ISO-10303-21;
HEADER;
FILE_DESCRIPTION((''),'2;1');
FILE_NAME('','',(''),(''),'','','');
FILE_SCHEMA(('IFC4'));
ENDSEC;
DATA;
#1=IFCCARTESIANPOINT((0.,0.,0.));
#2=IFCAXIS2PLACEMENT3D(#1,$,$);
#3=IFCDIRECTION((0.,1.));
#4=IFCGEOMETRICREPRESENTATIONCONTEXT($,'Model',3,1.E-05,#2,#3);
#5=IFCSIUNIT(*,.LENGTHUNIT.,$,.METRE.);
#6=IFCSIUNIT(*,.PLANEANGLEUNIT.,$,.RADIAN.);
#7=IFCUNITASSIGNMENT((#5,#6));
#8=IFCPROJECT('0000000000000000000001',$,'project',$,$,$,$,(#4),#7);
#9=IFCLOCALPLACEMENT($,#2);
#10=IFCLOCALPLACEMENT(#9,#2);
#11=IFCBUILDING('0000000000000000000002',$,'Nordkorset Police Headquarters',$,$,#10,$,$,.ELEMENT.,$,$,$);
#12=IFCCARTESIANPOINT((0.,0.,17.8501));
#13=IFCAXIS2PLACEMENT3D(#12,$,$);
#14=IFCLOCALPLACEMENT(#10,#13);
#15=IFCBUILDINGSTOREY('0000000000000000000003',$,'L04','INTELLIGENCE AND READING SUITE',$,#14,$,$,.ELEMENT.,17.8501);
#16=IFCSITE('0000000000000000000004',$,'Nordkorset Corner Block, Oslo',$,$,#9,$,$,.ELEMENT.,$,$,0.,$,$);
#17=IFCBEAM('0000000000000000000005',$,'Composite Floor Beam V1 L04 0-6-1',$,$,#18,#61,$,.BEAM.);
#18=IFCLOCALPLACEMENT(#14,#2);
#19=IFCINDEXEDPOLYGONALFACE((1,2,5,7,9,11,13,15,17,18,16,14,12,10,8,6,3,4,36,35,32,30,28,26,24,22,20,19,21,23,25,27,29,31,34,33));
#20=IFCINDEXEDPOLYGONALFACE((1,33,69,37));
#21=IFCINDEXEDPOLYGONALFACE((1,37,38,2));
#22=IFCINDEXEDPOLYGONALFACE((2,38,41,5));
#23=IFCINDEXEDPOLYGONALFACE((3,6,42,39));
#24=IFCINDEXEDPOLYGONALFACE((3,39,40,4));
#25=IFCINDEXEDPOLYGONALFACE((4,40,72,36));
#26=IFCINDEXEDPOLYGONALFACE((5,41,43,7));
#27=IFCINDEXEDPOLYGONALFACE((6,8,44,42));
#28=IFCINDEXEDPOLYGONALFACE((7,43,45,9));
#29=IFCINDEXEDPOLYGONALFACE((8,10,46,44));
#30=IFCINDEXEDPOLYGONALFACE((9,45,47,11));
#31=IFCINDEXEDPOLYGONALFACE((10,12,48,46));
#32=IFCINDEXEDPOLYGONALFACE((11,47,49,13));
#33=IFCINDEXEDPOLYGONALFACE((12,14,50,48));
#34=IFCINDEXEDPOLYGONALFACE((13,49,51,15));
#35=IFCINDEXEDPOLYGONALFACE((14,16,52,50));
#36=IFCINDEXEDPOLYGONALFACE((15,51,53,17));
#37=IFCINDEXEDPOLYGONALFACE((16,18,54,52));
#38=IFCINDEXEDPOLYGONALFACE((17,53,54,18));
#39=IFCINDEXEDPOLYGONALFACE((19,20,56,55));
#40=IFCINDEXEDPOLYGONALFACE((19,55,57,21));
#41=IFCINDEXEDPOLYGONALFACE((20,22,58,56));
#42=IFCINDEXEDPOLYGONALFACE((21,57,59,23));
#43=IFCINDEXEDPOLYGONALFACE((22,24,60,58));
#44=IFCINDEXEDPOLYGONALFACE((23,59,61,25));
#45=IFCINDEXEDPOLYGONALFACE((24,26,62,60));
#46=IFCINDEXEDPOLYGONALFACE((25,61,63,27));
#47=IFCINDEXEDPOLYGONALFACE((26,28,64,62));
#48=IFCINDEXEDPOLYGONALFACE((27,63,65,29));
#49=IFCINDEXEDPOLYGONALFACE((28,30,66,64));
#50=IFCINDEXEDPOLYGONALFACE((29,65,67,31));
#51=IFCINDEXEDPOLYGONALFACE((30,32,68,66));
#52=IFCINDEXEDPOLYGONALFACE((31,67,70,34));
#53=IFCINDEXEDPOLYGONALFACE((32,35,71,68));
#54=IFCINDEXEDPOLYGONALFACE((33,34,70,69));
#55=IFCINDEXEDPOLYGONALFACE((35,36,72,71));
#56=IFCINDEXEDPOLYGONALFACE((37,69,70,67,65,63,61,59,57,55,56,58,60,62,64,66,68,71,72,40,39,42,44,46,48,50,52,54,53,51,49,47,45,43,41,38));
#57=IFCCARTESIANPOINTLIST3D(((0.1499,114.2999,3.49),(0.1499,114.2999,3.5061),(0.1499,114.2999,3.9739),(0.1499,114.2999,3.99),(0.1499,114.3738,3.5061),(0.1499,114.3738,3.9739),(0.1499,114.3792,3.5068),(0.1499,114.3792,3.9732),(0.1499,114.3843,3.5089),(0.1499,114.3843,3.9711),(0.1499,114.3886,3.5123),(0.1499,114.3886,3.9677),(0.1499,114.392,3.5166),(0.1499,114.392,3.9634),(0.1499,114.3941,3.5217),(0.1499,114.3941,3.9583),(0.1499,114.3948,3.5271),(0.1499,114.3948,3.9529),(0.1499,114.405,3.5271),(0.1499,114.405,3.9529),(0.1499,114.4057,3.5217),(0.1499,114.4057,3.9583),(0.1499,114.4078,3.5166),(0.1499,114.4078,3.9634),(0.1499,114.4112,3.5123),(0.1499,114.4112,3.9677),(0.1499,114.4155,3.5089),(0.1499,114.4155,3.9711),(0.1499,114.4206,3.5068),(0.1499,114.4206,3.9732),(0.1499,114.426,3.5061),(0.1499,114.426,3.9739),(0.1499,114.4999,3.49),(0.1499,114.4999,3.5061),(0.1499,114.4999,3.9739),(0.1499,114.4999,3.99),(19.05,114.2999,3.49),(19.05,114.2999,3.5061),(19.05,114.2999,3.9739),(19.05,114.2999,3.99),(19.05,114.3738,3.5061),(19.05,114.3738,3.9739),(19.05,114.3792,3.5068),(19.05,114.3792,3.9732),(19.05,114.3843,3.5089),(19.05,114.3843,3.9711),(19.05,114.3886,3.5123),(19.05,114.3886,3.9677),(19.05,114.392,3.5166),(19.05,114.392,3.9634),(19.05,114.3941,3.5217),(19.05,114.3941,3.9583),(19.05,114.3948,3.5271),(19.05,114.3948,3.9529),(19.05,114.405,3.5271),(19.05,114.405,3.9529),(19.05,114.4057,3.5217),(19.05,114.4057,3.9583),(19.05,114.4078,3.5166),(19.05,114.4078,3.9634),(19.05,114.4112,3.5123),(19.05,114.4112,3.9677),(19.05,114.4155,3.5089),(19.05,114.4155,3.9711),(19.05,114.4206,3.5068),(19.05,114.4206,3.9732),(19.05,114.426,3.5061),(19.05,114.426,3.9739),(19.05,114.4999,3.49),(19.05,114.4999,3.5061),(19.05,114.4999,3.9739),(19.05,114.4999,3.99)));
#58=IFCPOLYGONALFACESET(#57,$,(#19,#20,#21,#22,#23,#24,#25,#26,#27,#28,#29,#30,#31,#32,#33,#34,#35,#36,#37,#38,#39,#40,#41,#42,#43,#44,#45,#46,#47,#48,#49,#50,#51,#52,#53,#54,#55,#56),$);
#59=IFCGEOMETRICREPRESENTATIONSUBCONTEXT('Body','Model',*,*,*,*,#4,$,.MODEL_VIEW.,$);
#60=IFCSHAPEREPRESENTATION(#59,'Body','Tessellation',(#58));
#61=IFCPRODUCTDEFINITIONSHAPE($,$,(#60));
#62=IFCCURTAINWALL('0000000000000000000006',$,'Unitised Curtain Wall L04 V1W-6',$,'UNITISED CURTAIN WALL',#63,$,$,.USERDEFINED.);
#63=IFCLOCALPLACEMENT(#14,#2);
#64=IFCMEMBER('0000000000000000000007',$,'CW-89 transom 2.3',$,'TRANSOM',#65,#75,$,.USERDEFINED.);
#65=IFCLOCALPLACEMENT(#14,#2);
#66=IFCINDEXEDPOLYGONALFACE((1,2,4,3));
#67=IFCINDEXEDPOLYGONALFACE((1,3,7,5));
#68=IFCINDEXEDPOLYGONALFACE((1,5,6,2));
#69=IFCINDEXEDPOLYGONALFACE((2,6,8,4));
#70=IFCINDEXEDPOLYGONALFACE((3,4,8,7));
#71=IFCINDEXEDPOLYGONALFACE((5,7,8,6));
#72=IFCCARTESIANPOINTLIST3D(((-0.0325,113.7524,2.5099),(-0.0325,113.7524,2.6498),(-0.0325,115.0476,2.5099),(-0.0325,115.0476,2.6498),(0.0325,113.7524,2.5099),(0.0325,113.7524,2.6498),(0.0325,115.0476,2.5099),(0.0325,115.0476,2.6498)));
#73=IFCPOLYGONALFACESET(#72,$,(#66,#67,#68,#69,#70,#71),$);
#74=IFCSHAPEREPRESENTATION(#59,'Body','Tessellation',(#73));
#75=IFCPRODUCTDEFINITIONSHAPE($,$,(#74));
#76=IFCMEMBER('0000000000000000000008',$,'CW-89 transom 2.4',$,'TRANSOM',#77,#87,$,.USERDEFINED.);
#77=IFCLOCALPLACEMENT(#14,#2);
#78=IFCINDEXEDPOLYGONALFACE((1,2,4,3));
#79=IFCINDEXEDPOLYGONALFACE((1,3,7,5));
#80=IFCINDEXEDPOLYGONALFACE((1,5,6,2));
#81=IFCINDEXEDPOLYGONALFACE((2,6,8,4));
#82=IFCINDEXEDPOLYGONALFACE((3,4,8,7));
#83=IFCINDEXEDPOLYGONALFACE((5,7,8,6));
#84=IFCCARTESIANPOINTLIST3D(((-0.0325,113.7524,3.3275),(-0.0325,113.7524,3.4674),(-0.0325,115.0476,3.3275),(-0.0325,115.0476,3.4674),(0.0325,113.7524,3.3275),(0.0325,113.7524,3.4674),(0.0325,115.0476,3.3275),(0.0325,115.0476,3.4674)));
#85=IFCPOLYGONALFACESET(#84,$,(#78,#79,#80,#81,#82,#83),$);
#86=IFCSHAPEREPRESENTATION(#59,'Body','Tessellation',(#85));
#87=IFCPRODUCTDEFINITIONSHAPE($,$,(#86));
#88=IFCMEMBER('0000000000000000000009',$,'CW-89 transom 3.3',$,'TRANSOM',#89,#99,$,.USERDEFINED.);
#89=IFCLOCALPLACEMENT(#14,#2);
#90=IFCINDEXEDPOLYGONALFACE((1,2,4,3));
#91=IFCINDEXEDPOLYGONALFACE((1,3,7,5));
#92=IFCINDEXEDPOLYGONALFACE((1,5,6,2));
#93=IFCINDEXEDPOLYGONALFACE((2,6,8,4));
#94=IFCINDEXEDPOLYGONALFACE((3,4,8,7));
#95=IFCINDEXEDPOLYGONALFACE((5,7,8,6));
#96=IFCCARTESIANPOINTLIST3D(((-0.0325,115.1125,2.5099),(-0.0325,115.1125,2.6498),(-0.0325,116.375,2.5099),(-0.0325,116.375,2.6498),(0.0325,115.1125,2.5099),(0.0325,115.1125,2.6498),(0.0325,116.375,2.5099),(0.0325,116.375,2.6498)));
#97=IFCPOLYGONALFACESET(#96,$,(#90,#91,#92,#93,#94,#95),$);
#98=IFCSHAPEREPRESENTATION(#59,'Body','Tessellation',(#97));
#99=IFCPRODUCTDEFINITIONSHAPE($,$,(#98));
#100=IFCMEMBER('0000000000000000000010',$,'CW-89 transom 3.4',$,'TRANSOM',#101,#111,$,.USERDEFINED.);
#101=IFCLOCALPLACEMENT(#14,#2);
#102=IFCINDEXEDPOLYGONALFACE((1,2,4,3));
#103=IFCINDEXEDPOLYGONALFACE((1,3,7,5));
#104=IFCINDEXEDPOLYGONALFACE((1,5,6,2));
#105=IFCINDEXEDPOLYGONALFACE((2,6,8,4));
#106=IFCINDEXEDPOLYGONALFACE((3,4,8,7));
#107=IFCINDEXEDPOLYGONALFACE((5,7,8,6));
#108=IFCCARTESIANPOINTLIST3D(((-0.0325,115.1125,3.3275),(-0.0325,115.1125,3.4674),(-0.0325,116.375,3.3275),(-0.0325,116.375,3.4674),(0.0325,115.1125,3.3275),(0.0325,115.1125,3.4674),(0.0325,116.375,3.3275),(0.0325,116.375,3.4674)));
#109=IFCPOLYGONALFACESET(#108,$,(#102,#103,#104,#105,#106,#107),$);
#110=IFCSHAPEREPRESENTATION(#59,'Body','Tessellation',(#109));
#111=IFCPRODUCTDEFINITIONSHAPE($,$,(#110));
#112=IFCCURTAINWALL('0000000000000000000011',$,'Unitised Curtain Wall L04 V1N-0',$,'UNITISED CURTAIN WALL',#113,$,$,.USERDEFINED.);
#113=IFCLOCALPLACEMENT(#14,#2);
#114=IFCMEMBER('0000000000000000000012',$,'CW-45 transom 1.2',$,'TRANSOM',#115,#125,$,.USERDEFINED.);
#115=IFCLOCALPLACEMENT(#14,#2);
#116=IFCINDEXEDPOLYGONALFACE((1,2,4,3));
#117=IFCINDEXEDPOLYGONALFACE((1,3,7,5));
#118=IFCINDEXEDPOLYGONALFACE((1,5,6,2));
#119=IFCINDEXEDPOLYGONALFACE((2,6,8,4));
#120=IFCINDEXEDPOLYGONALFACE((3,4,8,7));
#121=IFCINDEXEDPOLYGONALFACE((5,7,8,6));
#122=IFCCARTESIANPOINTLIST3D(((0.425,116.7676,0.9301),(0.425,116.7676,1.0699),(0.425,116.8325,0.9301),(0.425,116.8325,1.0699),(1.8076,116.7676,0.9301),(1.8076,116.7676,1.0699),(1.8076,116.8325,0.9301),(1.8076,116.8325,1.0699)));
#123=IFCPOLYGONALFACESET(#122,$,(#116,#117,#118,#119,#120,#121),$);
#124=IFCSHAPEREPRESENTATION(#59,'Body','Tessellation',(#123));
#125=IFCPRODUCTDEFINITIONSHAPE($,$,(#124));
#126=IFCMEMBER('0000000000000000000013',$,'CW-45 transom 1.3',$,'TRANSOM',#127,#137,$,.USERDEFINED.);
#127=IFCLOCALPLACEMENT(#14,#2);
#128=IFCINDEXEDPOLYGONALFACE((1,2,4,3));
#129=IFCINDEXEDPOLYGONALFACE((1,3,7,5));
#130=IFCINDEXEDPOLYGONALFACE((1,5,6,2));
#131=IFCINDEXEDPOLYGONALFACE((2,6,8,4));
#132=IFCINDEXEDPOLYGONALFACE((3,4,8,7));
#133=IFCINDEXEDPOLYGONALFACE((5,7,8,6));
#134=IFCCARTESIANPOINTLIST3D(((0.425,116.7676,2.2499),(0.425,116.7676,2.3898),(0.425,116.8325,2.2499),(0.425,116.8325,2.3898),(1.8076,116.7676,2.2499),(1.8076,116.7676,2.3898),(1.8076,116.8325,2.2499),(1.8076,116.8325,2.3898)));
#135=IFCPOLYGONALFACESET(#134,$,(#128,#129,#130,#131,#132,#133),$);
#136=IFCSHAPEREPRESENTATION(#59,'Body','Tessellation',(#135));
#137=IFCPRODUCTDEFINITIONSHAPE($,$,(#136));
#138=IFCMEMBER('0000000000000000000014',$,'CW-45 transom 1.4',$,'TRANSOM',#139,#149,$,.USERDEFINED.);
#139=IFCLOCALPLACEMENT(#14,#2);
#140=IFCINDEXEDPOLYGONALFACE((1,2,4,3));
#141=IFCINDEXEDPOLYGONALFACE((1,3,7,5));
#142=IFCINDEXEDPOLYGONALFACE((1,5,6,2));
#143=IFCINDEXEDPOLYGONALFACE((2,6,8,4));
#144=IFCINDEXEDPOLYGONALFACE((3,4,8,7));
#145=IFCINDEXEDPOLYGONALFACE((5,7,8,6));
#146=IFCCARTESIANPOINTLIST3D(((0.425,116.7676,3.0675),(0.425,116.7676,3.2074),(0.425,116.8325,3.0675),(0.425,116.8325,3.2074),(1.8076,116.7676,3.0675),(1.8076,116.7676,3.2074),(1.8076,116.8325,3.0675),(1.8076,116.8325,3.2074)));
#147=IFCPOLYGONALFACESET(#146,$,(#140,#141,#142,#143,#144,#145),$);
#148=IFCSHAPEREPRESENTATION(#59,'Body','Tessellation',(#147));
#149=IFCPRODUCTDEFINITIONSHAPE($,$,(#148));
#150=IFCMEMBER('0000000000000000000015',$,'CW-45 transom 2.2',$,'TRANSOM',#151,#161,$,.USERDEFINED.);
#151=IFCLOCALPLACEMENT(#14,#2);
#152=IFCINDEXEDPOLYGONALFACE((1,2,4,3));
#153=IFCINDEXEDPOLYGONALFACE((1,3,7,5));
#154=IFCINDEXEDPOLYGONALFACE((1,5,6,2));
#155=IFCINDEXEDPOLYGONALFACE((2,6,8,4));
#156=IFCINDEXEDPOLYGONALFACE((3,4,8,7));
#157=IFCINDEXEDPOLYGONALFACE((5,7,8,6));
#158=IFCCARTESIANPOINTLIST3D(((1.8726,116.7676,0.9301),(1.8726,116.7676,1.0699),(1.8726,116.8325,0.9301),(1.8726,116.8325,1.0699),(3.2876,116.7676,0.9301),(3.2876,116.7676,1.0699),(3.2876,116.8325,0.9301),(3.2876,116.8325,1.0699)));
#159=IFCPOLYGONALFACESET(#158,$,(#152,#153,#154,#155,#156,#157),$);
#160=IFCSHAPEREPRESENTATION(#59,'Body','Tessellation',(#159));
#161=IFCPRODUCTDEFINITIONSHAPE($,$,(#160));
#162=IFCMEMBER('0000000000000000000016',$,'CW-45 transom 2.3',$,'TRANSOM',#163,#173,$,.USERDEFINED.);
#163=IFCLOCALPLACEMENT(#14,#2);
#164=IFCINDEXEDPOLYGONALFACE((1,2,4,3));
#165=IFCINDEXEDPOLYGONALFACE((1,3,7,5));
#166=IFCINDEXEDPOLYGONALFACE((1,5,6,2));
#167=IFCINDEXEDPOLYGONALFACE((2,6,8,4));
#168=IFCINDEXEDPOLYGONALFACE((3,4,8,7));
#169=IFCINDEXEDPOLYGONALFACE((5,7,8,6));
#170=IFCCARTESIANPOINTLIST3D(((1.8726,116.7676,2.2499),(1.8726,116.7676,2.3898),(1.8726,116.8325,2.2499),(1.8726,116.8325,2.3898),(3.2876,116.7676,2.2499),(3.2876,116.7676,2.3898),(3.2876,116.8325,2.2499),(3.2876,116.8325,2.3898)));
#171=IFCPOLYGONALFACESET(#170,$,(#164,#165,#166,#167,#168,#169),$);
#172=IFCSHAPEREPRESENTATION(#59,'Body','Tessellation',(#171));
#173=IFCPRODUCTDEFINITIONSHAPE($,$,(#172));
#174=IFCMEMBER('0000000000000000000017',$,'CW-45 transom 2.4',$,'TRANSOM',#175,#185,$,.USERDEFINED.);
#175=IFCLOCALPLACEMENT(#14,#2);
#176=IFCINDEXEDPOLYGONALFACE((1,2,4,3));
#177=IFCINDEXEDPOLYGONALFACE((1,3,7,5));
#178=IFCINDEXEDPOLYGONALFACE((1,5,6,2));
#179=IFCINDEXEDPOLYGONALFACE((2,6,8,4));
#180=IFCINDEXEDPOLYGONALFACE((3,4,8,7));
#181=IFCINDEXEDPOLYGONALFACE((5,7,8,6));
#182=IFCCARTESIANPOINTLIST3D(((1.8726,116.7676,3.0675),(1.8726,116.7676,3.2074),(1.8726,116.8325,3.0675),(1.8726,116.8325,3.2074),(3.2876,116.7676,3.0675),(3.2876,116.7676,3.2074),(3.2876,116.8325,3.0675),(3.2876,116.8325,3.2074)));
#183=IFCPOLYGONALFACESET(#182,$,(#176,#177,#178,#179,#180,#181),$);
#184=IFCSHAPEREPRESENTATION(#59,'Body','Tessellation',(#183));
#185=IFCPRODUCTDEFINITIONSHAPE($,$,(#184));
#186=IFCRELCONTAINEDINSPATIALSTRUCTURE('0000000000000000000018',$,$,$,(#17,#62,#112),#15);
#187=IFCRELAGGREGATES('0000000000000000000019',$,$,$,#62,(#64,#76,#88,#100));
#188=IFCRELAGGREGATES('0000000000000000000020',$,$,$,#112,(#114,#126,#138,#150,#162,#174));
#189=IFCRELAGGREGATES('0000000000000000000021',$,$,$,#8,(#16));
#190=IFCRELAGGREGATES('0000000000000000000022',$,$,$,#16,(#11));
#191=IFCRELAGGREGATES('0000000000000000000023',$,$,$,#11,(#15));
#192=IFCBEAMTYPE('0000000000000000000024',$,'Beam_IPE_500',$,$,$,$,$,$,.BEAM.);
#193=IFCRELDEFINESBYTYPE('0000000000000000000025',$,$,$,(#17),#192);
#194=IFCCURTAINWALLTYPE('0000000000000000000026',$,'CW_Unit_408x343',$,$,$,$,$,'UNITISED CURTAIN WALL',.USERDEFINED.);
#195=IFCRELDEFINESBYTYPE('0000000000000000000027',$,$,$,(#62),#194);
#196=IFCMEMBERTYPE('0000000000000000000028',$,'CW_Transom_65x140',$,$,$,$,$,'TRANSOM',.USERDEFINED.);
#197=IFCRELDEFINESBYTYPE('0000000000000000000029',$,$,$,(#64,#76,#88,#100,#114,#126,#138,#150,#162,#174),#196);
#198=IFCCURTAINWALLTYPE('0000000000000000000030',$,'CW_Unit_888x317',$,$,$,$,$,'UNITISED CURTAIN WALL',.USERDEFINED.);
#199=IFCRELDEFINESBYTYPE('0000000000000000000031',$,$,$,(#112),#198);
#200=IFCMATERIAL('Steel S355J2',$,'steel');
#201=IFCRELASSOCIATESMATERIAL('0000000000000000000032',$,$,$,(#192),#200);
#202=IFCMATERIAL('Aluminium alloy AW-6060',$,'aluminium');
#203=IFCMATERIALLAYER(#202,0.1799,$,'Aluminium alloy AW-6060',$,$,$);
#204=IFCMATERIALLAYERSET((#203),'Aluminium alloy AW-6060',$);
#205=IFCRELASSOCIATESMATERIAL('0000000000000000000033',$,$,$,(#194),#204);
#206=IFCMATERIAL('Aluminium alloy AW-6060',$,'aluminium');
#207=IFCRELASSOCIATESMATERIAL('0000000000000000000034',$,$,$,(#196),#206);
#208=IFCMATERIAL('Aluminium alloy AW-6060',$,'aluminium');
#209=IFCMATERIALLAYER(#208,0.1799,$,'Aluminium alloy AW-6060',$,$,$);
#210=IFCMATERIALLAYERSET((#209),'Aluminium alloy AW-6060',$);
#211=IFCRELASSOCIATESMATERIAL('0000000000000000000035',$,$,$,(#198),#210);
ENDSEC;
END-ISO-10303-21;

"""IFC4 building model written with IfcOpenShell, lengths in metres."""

from ifc_helpers import new_model, si_unit, direction, frame, origin, origin_2d, place, context, subcontext, project, spatial, rectangle, i_section, extrude, material, layer, layer_set, material_profile, profile_set, type_object, element, aggregate, save


model = new_model("IFC4")

# Units and contexts
model_context = context("Model", 3, precision=1e-05, world=origin(), true_north=direction((0.0, 1.0)))
body_context = subcontext(model_context, "Body", "Model", "MODEL_VIEW")
ifc_project = project(units=[si_unit("LENGTHUNIT", "METRE"), si_unit("PLANEANGLEUNIT", "RADIAN")], contexts=[model_context])

# Site, building, storey
site_placement = place(None, origin())
site = spatial("IfcSite", under=ifc_project, at=site_placement, Name="Nordkorset Corner Block, Oslo", CompositionType="ELEMENT", RefElevation=0.0)
building_placement = place(site_placement, origin())
building = spatial("IfcBuilding", under=site, at=building_placement, Name="Nordkorset Police Headquarters", CompositionType="ELEMENT")
storey_placement = place(building_placement, frame((0.0, 0.0, 17.8501)))
storey = spatial("IfcBuildingStorey", under=building, at=storey_placement, Name="L04", Description="INTELLIGENCE AND READING SUITE", CompositionType="ELEMENT", Elevation=17.8501)

# Beam
ifc_material_1 = material(Name="Steel S355J2", Category="steel")
ifc_material_profile_1 = material_profile(ifc_material_1, i_section(OverallWidth=0.2, OverallDepth=0.5, WebThickness=0.0103, FlangeThickness=0.0161, FilletRadius=0.021, at=origin_2d()), Name="IPE 500")
ifc_profile_set_1 = profile_set([ifc_material_profile_1], Name="Steel S355J2")
beam_type_1 = type_object("IfcBeamType", Name="Beam_IPE_500", PredefinedType="BEAM", material=ifc_profile_set_1)
beam_1_placement = place(storey_placement, frame((0.1499, 114.3999, 3.74), z_axis=(1.0, 0.0, 0.0), x_axis=(0.0, 1.0, 0.0)))
element("IfcBeam", 1, at=beam_1_placement, inside=storey, type_object=beam_type_1, Name="Composite Floor Beam V1 L04 0-6-1", PredefinedType="BEAM", context=body_context, shape_type="SweptSolid", body=[
    extrude(i_section(OverallWidth=0.2, OverallDepth=0.5, WebThickness=0.0103, FlangeThickness=0.0161, FilletRadius=0.021, at=origin_2d()), origin(), (0.0, 0.0, 1.0), 18.9001),
])

# Curtain walls, members
ifc_material_2 = material(Name="Aluminium alloy AW-6060", Category="aluminium")
ifc_layer_1 = layer(ifc_material_2, 0.1799, Name="Aluminium alloy AW-6060")
ifc_layer_set_1 = layer_set([ifc_layer_1], Name="Aluminium alloy AW-6060")
curtain_wall_type_1 = type_object("IfcCurtainWallType", Name="CW_Unit_408x343", ElementType="UNITISED CURTAIN WALL", PredefinedType="USERDEFINED", material=ifc_layer_set_1)
curtain_wall_1_placement = place(storey_placement, origin())
curtain_wall_1 = element("IfcCurtainWall", 2, at=curtain_wall_1_placement, inside=storey, type_object=curtain_wall_type_1, Name="Unitised Curtain Wall L04 V1W-6", ObjectType="UNITISED CURTAIN WALL", PredefinedType="USERDEFINED")
ifc_material_3 = material(Name="Aluminium alloy AW-6060", Category="aluminium")
ifc_material_profile_2 = material_profile(ifc_material_3, rectangle(XDim=0.0649, YDim=0.1399, at=origin_2d()), Name="ALU TRAN 65x140")
ifc_profile_set_2 = profile_set([ifc_material_profile_2], Name="Aluminium alloy AW-6060")
member_type = type_object("IfcMemberType", Name="CW_Transom_65x140", ElementType="TRANSOM", PredefinedType="USERDEFINED", material=ifc_profile_set_2)
member_1_placement = place(storey_placement, frame((0.0, 113.7524, 2.5798), z_axis=(0.0, 1.0, 0.0), x_axis=(-1.0, 0.0, 0.0)))
member_1 = element("IfcMember", 3, at=member_1_placement, type_object=member_type, Name="CW-89 transom 2.3", ObjectType="TRANSOM", PredefinedType="USERDEFINED", context=body_context, shape_type="SweptSolid", body=[
    extrude(rectangle(XDim=0.0649, YDim=0.1399, at=origin_2d()), origin(), (0.0, 0.0, 1.0), 1.2952),
])
member_2_placement = place(storey_placement, frame((0.0, 113.7524, 3.3975), z_axis=(0.0, 1.0, 0.0), x_axis=(-1.0, 0.0, 0.0)))
member_2 = element("IfcMember", 4, at=member_2_placement, type_object=member_type, Name="CW-89 transom 2.4", ObjectType="TRANSOM", PredefinedType="USERDEFINED", context=body_context, shape_type="SweptSolid", body=[
    extrude(rectangle(XDim=0.0649, YDim=0.1399, at=origin_2d()), origin(), (0.0, 0.0, 1.0), 1.2952),
])
member_3_placement = place(storey_placement, frame((0.0, 115.1125, 2.5798), z_axis=(0.0, 1.0, 0.0), x_axis=(-1.0, 0.0, 0.0)))
member_3 = element("IfcMember", 5, at=member_3_placement, type_object=member_type, Name="CW-89 transom 3.3", ObjectType="TRANSOM", PredefinedType="USERDEFINED", context=body_context, shape_type="SweptSolid", body=[
    extrude(rectangle(XDim=0.0649, YDim=0.1399, at=origin_2d()), origin(), (0.0, 0.0, 1.0), 1.2625),
])
member_4_placement = place(storey_placement, frame((0.0, 115.1125, 3.3975), z_axis=(0.0, 1.0, 0.0), x_axis=(-1.0, 0.0, 0.0)))
member_4 = element("IfcMember", 6, at=member_4_placement, type_object=member_type, Name="CW-89 transom 3.4", ObjectType="TRANSOM", PredefinedType="USERDEFINED", context=body_context, shape_type="SweptSolid", body=[
    extrude(rectangle(XDim=0.0649, YDim=0.1399, at=origin_2d()), origin(), (0.0, 0.0, 1.0), 1.2625),
])
ifc_material_4 = material(Name="Aluminium alloy AW-6060", Category="aluminium")
ifc_layer_2 = layer(ifc_material_4, 0.1799, Name="Aluminium alloy AW-6060")
ifc_layer_set_2 = layer_set([ifc_layer_2], Name="Aluminium alloy AW-6060")
curtain_wall_type_2 = type_object("IfcCurtainWallType", Name="CW_Unit_888x317", ElementType="UNITISED CURTAIN WALL", PredefinedType="USERDEFINED", material=ifc_layer_set_2)
curtain_wall_2_placement = place(storey_placement, origin())
curtain_wall_2 = element("IfcCurtainWall", 7, at=curtain_wall_2_placement, inside=storey, type_object=curtain_wall_type_2, Name="Unitised Curtain Wall L04 V1N-0", ObjectType="UNITISED CURTAIN WALL", PredefinedType="USERDEFINED")
member_5_placement = place(storey_placement, frame((0.425, 116.8, 1.0), z_axis=(1.0, 0.0, 0.0), x_axis=(0.0, 1.0, 0.0)))
member_5 = element("IfcMember", 8, at=member_5_placement, type_object=member_type, Name="CW-45 transom 1.2", ObjectType="TRANSOM", PredefinedType="USERDEFINED", context=body_context, shape_type="SweptSolid", body=[
    extrude(rectangle(XDim=0.0649, YDim=0.1399, at=origin_2d()), origin(), (0.0, 0.0, 1.0), 1.3826),
])
member_6_placement = place(storey_placement, frame((0.425, 116.8, 2.3198), z_axis=(1.0, 0.0, 0.0), x_axis=(0.0, 1.0, 0.0)))
member_6 = element("IfcMember", 9, at=member_6_placement, type_object=member_type, Name="CW-45 transom 1.3", ObjectType="TRANSOM", PredefinedType="USERDEFINED", context=body_context, shape_type="SweptSolid", body=[
    extrude(rectangle(XDim=0.0649, YDim=0.1399, at=origin_2d()), origin(), (0.0, 0.0, 1.0), 1.3826),
])
member_7_placement = place(storey_placement, frame((0.425, 116.8, 3.1375), z_axis=(1.0, 0.0, 0.0), x_axis=(0.0, 1.0, 0.0)))
member_7 = element("IfcMember", 10, at=member_7_placement, type_object=member_type, Name="CW-45 transom 1.4", ObjectType="TRANSOM", PredefinedType="USERDEFINED", context=body_context, shape_type="SweptSolid", body=[
    extrude(rectangle(XDim=0.0649, YDim=0.1399, at=origin_2d()), origin(), (0.0, 0.0, 1.0), 1.3826),
])
member_8_placement = place(storey_placement, frame((1.8726, 116.8, 1.0), z_axis=(1.0, 0.0, 0.0), x_axis=(0.0, 1.0, 0.0)))
member_8 = element("IfcMember", 11, at=member_8_placement, type_object=member_type, Name="CW-45 transom 2.2", ObjectType="TRANSOM", PredefinedType="USERDEFINED", context=body_context, shape_type="SweptSolid", body=[
    extrude(rectangle(XDim=0.0649, YDim=0.1399, at=origin_2d()), origin(), (0.0, 0.0, 1.0), 1.415),
])
member_9_placement = place(storey_placement, frame((1.8726, 116.8, 2.3198), z_axis=(1.0, 0.0, 0.0), x_axis=(0.0, 1.0, 0.0)))
member_9 = element("IfcMember", 12, at=member_9_placement, type_object=member_type, Name="CW-45 transom 2.3", ObjectType="TRANSOM", PredefinedType="USERDEFINED", context=body_context, shape_type="SweptSolid", body=[
    extrude(rectangle(XDim=0.0649, YDim=0.1399, at=origin_2d()), origin(), (0.0, 0.0, 1.0), 1.415),
])
member_10_placement = place(storey_placement, frame((1.8726, 116.8, 3.1375), z_axis=(1.0, 0.0, 0.0), x_axis=(0.0, 1.0, 0.0)))
member_10 = element("IfcMember", 13, at=member_10_placement, type_object=member_type, Name="CW-45 transom 2.4", ObjectType="TRANSOM", PredefinedType="USERDEFINED", context=body_context, shape_type="SweptSolid", body=[
    extrude(rectangle(XDim=0.0649, YDim=0.1399, at=origin_2d()), origin(), (0.0, 0.0, 1.0), 1.415),
])

aggregate(curtain_wall_1, [member_1, member_2, member_3, member_4])
aggregate(curtain_wall_2, [member_5, member_6, member_7, member_8, member_9, member_10])

save(model, "model.ifc")
